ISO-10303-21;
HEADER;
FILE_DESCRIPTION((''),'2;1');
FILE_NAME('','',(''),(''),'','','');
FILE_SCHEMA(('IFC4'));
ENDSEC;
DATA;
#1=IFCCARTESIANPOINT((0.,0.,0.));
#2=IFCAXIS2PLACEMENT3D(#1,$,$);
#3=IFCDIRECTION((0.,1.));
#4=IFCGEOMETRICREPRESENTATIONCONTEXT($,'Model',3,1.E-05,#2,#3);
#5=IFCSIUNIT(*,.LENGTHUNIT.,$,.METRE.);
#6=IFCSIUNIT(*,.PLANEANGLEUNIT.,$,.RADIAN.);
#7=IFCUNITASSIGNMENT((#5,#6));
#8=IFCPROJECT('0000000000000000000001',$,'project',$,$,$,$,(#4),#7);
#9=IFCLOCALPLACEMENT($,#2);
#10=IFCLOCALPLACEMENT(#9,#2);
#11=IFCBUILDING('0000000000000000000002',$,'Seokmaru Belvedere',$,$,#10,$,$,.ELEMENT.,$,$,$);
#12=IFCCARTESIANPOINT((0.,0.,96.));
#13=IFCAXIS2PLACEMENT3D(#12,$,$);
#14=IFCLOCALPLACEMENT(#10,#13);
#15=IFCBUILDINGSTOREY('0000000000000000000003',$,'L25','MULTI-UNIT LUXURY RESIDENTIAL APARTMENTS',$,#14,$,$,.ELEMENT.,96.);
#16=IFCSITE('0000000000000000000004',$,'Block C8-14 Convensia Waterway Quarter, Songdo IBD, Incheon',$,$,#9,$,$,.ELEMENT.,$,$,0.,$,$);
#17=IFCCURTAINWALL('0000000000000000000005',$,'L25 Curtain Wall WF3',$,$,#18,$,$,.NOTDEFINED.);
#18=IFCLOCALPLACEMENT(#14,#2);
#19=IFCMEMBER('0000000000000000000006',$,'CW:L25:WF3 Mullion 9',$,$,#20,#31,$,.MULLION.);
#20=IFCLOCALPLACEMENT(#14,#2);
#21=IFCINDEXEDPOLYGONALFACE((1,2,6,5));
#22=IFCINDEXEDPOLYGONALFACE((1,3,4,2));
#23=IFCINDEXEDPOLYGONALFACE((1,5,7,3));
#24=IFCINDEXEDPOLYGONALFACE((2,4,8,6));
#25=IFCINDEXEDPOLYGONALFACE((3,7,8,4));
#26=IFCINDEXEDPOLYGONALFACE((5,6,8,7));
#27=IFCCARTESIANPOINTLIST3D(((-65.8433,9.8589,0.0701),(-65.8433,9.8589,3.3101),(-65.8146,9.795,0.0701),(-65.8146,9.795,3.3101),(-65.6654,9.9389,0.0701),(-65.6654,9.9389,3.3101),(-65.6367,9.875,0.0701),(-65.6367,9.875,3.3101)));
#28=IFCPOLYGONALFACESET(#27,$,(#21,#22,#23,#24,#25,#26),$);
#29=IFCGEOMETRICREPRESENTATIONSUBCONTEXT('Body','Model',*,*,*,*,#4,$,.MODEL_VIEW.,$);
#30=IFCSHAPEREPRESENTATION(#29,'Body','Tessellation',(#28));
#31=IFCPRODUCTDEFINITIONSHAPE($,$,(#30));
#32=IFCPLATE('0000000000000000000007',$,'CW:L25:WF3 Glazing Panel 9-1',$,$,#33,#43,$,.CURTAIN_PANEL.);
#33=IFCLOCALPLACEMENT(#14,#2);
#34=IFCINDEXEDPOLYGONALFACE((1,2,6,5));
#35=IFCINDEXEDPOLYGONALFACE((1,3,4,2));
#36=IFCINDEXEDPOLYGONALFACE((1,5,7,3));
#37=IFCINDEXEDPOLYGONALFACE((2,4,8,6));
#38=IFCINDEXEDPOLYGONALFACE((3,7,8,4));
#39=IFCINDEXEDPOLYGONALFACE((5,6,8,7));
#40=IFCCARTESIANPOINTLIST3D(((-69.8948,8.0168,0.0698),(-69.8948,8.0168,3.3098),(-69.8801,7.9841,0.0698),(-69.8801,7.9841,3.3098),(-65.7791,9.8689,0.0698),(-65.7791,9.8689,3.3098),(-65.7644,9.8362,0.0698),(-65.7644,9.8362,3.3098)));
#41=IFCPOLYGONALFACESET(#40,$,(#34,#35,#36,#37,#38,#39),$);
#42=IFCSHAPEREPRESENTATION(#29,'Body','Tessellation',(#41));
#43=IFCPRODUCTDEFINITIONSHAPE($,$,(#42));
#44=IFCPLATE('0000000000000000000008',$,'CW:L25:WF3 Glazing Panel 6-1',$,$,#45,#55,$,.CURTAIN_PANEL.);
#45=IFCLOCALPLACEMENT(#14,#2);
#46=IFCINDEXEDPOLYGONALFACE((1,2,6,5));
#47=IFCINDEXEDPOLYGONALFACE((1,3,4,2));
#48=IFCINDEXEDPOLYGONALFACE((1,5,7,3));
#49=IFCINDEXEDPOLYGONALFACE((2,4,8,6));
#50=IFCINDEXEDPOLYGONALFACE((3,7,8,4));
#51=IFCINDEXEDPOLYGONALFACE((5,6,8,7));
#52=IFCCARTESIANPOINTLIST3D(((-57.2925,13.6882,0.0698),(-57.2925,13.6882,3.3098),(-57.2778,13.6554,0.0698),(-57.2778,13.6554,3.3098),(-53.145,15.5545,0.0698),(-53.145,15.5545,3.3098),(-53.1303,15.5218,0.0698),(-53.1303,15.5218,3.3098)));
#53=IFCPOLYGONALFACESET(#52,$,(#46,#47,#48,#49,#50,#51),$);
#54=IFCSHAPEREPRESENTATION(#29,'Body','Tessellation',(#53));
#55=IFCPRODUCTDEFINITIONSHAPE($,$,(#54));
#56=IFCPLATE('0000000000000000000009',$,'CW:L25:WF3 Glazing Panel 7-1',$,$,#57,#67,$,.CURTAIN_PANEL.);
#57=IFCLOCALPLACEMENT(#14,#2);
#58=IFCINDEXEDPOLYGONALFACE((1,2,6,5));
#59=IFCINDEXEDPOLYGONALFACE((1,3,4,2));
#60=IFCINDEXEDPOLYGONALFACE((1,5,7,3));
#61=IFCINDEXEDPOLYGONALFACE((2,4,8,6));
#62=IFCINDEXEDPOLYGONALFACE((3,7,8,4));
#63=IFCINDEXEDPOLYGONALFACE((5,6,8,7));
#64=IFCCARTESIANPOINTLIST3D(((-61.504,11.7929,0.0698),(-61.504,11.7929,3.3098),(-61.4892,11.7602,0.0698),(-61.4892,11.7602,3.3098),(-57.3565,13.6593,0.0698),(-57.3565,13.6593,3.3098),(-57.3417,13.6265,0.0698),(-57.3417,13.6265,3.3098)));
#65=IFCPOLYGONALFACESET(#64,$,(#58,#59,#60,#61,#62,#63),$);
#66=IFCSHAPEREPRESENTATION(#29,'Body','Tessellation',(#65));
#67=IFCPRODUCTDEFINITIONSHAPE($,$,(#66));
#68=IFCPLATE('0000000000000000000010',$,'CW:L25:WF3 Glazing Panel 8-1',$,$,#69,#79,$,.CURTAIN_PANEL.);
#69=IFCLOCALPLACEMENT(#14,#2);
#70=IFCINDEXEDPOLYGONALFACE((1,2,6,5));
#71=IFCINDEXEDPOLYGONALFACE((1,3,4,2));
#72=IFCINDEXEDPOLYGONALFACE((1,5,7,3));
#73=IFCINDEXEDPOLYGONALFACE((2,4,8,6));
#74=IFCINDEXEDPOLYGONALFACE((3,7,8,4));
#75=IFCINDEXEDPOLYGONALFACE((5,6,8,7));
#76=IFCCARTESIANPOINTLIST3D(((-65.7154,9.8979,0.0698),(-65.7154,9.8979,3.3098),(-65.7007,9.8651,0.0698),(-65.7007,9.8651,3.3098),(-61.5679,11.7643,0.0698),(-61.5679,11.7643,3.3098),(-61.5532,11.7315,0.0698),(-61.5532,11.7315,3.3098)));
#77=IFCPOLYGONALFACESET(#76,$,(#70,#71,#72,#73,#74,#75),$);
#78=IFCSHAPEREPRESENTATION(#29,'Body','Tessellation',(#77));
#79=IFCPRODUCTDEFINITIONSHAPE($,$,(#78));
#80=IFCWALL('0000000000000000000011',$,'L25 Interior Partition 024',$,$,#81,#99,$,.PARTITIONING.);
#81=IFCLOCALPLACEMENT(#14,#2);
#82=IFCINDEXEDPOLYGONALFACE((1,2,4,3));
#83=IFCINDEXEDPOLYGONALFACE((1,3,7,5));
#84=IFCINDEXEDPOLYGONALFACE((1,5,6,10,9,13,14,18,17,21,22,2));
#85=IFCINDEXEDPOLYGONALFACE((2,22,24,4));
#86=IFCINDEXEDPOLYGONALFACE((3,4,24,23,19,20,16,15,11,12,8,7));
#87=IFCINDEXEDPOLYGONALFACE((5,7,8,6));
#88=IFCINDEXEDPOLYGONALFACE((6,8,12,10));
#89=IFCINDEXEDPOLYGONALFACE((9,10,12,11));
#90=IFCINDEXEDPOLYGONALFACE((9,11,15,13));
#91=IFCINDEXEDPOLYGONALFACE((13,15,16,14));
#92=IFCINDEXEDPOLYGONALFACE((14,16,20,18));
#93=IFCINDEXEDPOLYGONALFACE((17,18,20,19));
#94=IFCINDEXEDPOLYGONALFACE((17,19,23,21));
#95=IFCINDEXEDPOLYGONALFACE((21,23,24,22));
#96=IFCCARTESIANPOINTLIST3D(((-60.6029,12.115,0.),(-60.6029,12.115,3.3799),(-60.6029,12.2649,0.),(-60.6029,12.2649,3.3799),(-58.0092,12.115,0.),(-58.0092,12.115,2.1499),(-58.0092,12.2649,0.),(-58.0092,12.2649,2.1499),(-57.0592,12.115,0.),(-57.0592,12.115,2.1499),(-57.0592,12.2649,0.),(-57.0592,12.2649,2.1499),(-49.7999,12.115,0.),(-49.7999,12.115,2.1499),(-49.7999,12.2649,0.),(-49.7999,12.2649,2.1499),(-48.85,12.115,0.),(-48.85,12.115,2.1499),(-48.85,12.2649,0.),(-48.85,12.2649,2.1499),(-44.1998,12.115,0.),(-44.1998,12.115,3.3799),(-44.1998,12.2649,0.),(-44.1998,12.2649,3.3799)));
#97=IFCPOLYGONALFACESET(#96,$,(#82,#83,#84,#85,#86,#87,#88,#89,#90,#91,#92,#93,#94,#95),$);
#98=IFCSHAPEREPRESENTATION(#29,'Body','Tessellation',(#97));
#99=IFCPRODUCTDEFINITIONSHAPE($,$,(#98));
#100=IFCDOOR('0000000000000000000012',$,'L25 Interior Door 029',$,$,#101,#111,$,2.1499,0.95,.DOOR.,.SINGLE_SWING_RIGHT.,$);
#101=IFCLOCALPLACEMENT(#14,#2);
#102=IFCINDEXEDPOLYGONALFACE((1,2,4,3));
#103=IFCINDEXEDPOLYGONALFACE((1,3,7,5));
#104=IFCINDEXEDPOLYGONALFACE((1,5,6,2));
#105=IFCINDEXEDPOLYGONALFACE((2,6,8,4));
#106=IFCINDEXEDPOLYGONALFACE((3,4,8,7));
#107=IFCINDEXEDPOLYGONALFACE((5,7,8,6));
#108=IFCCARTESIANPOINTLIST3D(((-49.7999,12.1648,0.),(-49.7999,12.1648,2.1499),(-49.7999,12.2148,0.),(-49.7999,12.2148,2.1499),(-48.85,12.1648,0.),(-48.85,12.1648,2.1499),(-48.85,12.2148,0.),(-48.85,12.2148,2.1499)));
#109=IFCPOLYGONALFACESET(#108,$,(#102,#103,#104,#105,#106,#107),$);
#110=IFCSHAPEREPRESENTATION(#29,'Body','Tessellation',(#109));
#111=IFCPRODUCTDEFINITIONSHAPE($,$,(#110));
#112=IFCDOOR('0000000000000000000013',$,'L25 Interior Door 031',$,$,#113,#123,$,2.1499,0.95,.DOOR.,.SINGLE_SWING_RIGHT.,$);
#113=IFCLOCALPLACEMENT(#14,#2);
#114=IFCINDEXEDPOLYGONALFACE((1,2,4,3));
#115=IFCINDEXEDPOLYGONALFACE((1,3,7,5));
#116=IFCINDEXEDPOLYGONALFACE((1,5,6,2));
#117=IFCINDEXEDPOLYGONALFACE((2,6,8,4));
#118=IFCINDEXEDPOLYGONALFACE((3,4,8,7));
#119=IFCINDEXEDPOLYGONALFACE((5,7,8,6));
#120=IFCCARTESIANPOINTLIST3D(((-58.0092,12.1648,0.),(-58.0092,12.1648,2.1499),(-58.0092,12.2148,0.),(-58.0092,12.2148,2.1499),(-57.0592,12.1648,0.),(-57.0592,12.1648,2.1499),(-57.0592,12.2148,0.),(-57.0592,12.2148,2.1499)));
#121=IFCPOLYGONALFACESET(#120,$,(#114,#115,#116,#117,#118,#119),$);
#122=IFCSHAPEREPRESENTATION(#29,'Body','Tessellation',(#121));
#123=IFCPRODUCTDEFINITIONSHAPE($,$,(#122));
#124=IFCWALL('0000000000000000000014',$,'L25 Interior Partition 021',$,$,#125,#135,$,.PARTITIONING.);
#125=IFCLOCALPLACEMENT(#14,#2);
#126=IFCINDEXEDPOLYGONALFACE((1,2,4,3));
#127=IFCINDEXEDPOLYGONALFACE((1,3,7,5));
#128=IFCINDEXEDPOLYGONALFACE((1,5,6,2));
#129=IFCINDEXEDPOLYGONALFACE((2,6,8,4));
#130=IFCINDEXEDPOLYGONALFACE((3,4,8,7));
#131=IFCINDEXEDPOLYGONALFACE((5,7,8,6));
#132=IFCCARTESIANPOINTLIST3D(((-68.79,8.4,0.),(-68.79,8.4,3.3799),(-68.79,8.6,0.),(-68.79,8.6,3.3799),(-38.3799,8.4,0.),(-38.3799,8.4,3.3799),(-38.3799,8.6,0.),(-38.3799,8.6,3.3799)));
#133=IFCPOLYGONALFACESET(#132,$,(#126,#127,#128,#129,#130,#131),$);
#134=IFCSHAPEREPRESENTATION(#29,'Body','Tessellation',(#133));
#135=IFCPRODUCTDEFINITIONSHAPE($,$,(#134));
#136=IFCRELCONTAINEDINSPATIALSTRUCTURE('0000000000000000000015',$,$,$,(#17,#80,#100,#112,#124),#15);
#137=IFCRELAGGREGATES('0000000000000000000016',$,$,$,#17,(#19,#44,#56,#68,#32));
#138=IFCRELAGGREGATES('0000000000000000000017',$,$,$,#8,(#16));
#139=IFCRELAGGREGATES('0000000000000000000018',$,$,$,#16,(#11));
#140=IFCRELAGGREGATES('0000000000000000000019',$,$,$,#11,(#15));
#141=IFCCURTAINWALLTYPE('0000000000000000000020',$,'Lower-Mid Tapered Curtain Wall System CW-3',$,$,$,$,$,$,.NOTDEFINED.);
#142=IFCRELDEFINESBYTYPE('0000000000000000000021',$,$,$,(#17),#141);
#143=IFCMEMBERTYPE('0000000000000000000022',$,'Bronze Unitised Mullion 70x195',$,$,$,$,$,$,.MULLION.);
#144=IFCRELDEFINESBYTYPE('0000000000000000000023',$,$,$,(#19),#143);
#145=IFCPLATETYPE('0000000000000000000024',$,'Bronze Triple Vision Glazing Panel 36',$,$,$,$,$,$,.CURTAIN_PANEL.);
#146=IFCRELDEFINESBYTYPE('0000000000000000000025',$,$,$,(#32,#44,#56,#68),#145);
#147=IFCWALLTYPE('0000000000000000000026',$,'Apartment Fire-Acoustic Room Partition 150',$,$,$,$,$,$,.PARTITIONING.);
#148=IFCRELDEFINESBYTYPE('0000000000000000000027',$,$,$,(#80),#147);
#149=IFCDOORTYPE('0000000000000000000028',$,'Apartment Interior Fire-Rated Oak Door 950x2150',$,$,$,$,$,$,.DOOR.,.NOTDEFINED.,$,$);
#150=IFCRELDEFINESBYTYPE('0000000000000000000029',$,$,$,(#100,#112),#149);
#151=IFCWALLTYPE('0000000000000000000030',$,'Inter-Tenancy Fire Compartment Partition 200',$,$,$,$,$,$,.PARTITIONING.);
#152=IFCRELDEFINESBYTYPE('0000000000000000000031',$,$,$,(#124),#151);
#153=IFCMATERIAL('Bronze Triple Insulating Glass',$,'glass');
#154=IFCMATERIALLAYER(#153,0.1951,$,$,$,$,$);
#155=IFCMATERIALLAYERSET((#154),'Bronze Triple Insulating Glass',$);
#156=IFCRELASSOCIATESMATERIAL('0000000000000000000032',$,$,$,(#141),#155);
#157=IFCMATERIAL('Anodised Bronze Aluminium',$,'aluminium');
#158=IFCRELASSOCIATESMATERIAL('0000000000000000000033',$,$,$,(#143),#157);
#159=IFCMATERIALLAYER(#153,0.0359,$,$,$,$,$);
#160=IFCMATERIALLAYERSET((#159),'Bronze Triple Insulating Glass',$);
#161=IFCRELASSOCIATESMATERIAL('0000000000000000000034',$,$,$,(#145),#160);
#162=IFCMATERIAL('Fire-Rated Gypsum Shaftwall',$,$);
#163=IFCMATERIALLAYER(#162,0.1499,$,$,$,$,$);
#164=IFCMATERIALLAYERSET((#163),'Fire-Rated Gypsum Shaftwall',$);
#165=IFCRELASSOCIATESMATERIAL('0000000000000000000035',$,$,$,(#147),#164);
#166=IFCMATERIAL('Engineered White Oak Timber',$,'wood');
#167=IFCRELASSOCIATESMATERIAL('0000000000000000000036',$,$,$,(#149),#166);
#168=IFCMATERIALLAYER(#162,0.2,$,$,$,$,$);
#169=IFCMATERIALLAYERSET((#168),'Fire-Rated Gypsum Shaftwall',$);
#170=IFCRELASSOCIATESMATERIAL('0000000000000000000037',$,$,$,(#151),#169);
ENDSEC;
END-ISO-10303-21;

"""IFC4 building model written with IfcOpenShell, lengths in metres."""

from ifc_helpers import new_model, si_unit, direction, frame, frame_2d, origin, origin_2d, place, context, subcontext, project, spatial, rectangle, extrude, source, transform, mapped, material, layer, layer_set, material_profile, profile_set, type_object, type_shapes, element, fill, aggregate, save


model = new_model("IFC4")

# Units and contexts
model_context = context("Model", 3, precision=1e-05, world=origin(), true_north=direction((0.0, 1.0)))
body_context = subcontext(model_context, "Body", "Model", "MODEL_VIEW")
ifc_project = project(units=[si_unit("LENGTHUNIT", "METRE"), si_unit("PLANEANGLEUNIT", "RADIAN")], contexts=[model_context])

# Site, building, storey
site_placement = place(None, origin())
site = spatial("IfcSite", under=ifc_project, at=site_placement, Name="Block C8-14 Convensia Waterway Quarter, Songdo IBD, Incheon", CompositionType="ELEMENT", RefElevation=0.0)
building_placement = place(site_placement, origin())
building = spatial("IfcBuilding", under=site, at=building_placement, Name="Seokmaru Belvedere", CompositionType="ELEMENT")
storey_placement = place(building_placement, frame((0.0, 0.0, 96.0)))
storey = spatial("IfcBuildingStorey", under=building, at=storey_placement, Name="L25", Description="MULTI-UNIT LUXURY RESIDENTIAL APARTMENTS", CompositionType="ELEMENT", Elevation=96.0)

# Curtain wall, member, plates
ifc_material_1 = material(Name="Bronze Triple Insulating Glass", Category="glass")
ifc_layer_1 = layer(ifc_material_1, 0.1951)
ifc_layer_set_1 = layer_set([ifc_layer_1], Name="Bronze Triple Insulating Glass")
curtain_wall_type = type_object("IfcCurtainWallType", Name="Lower-Mid Tapered Curtain Wall System CW-3", PredefinedType="NOTDEFINED", material=ifc_layer_set_1)
curtain_wall_placement = place(storey_placement, origin())
curtain_wall = element("IfcCurtainWall", 1, at=curtain_wall_placement, inside=storey, type_object=curtain_wall_type, Name="L25 Curtain Wall WF3", PredefinedType="NOTDEFINED")
ifc_material_2 = material(Name="Anodised Bronze Aluminium", Category="aluminium")
ifc_material_profile_1 = material_profile(ifc_material_2, rectangle(XDim=0.0701, YDim=0.1951, at=origin_2d()), Name="CW-M-70x195")
ifc_profile_set_1 = profile_set([ifc_material_profile_1], Name="Anodised Bronze Aluminium")
member_type = type_object("IfcMemberType", Name="Bronze Unitised Mullion 70x195", PredefinedType="MULLION", material=ifc_profile_set_1)
shared_shape_1 = source(origin(), body_context, "Body", "SweptSolid", [
    extrude(rectangle(XDim=0.0701, YDim=0.1951, at=origin_2d()), origin(), (0.0, 0.0, 1.0), 3.24),
])
member_1_placement = place(storey_placement, frame((-65.74, 9.8669, 0.0701), z_axis=(0.0, 0.0, 1.0), x_axis=(0.410366, -0.911921, 0.0)))
member_1 = element("IfcMember", 2, at=member_1_placement, type_object=member_type, Name="CW:L25:WF3 Mullion 9", PredefinedType="MULLION", context=body_context, shape_type="MappedRepresentation", body=[
    mapped(shared_shape_1, transform((0.0, 0.0, 0.0), scale=1.0)),
])
ifc_layer_2 = layer(ifc_material_1, 0.0359)
ifc_layer_set_2 = layer_set([ifc_layer_2], Name="Bronze Triple Insulating Glass")
plate_type = type_object("IfcPlateType", Name="Bronze Triple Vision Glazing Panel 36", PredefinedType="CURTAIN_PANEL", material=ifc_layer_set_2)
shared_shape_2 = source(origin(), body_context, "Body", "SweptSolid", [
    extrude(rectangle(XDim=4.5132, YDim=0.0359, at=origin_2d()), origin(), (0.0, 0.0, 1.0), 3.24),
])
plate_1_placement = place(storey_placement, frame((-67.8296, 8.9265, 0.0698), z_axis=(0.0, 0.0, 1.0), x_axis=(-0.911921, -0.410366, 0.0)))
plate_1 = element("IfcPlate", 3, at=plate_1_placement, type_object=plate_type, Name="CW:L25:WF3 Glazing Panel 9-1", PredefinedType="CURTAIN_PANEL", context=body_context, shape_type="MappedRepresentation", body=[
    mapped(shared_shape_2, transform((0.0, 0.0, 0.0), scale=1.0)),
])
shared_shape_3 = source(origin(), body_context, "Body", "SweptSolid", [
    extrude(rectangle(XDim=4.5481, YDim=0.0359, at=origin_2d()), origin(), (0.0, 0.0, 1.0), 3.24),
])
type_shapes(plate_type, [shared_shape_2, shared_shape_3])
plate_2_placement = place(storey_placement, frame((-55.2114, 14.605, 0.0698), z_axis=(0.0, 0.0, 1.0), x_axis=(-0.911921, -0.410366, 0.0)))
plate_2 = element("IfcPlate", 4, at=plate_2_placement, type_object=plate_type, Name="CW:L25:WF3 Glazing Panel 6-1", PredefinedType="CURTAIN_PANEL", context=body_context, shape_type="MappedRepresentation", body=[
    mapped(shared_shape_3, transform((0.0, 0.0, 0.0), scale=1.0)),
])
plate_3_placement = place(storey_placement, frame((-59.4229, 12.7097, 0.0698), z_axis=(0.0, 0.0, 1.0), x_axis=(-0.911921, -0.410366, 0.0)))
plate_3 = element("IfcPlate", 5, at=plate_3_placement, type_object=plate_type, Name="CW:L25:WF3 Glazing Panel 7-1", PredefinedType="CURTAIN_PANEL", context=body_context, shape_type="MappedRepresentation", body=[
    mapped(shared_shape_3, transform((0.0, 0.0, 0.0), scale=1.0)),
])
plate_4_placement = place(storey_placement, frame((-63.6343, 10.8147, 0.0698), z_axis=(0.0, 0.0, 1.0), x_axis=(-0.911921, -0.410366, 0.0)))
plate_4 = element("IfcPlate", 6, at=plate_4_placement, type_object=plate_type, Name="CW:L25:WF3 Glazing Panel 8-1", PredefinedType="CURTAIN_PANEL", context=body_context, shape_type="MappedRepresentation", body=[
    mapped(shared_shape_3, transform((0.0, 0.0, 0.0), scale=1.0)),
])
aggregate(curtain_wall, [member_1, plate_2, plate_3, plate_4, plate_1])

# Wall, openings, doors
ifc_material_3 = material(Name="Fire-Rated Gypsum Shaftwall")
ifc_layer_3 = layer(ifc_material_3, 0.1499)
ifc_layer_set_3 = layer_set([ifc_layer_3], Name="Fire-Rated Gypsum Shaftwall")
wall_type_1 = type_object("IfcWallType", Name="Apartment Fire-Acoustic Room Partition 150", PredefinedType="PARTITIONING", material=ifc_layer_set_3)
wall_1_placement = place(storey_placement, frame((-60.603, 12.1899, 0.0), z_axis=(0.0, 0.0, 1.0), x_axis=(1.0, 0.0, 0.0)))
wall_1 = element("IfcWall", 7, at=wall_1_placement, inside=storey, type_object=wall_type_1, Name="L25 Interior Partition 024", PredefinedType="PARTITIONING", context=body_context, shape_type="SweptSolid", body=[
    extrude(rectangle(XDim=16.4031, YDim=0.1499, at=frame_2d((8.2017, 0.0))), origin(), (0.0, 0.0, 1.0), 3.3799),
])
opening_1_placement = place(wall_1_placement, frame((10.803, 0.0, 0.0)))
opening_1 = element("IfcOpeningElement", 8, at=opening_1_placement, cuts=wall_1, PredefinedType="OPENING", context=body_context, shape_type="SweptSolid", body=[
    extrude(rectangle(XDim=0.95, YDim=2.1499, at=frame_2d((0.4751, 1.075))), frame((0.0, 0.085, 0.0), z_axis=(0.0, -1.0, 0.0), x_axis=(1.0, 0.0, 0.0)), (0.0, 0.0, 1.0), 0.1699),
])
opening_2_placement = place(wall_1_placement, frame((2.5938, 0.0, 0.0)))
opening_2 = element("IfcOpeningElement", 9, at=opening_2_placement, cuts=wall_1, PredefinedType="OPENING", context=body_context, shape_type="SweptSolid", body=[
    extrude(rectangle(XDim=0.95, YDim=2.1499, at=frame_2d((0.4751, 1.075))), frame((0.0, 0.085, 0.0), z_axis=(0.0, -1.0, 0.0), x_axis=(1.0, 0.0, 0.0)), (0.0, 0.0, 1.0), 0.1699),
])
ifc_material_4 = material(Name="Engineered White Oak Timber", Category="wood")
door_type = type_object("IfcDoorType", Name="Apartment Interior Fire-Rated Oak Door 950x2150", OperationType="NOTDEFINED", PredefinedType="DOOR", material=ifc_material_4)
shared_shape_4 = source(origin(), body_context, "Body", "SweptSolid", [
    extrude(rectangle(XDim=0.95, YDim=2.1499, at=frame_2d((0.4751, 1.075))), frame((0.0, 0.0249, 0.0), z_axis=(0.0, -1.0, 0.0), x_axis=(1.0, 0.0, 0.0)), (0.0, 0.0, 1.0), 0.05),
])
type_shapes(door_type, [shared_shape_4])
door_1_placement = place(opening_1_placement, origin())
door_1 = element("IfcDoor", 10, at=door_1_placement, inside=storey, type_object=door_type, Name="L25 Interior Door 029", OperationType="SINGLE_SWING_RIGHT", OverallHeight=2.1499, OverallWidth=0.95, PredefinedType="DOOR", context=body_context, shape_type="MappedRepresentation", body=[
    mapped(shared_shape_4, transform((0.0, 0.0, 0.0), scale=1.0)),
])
fill(opening_1, door_1)
door_2_placement = place(opening_2_placement, origin())
door_2 = element("IfcDoor", 11, at=door_2_placement, inside=storey, type_object=door_type, Name="L25 Interior Door 031", OperationType="SINGLE_SWING_RIGHT", OverallHeight=2.1499, OverallWidth=0.95, PredefinedType="DOOR", context=body_context, shape_type="MappedRepresentation", body=[
    mapped(shared_shape_4, transform((0.0, 0.0, 0.0), scale=1.0)),
])
fill(opening_2, door_2)

# Wall
ifc_layer_4 = layer(ifc_material_3, 0.2)
ifc_layer_set_4 = layer_set([ifc_layer_4], Name="Fire-Rated Gypsum Shaftwall")
wall_type_2 = type_object("IfcWallType", Name="Inter-Tenancy Fire Compartment Partition 200", PredefinedType="PARTITIONING", material=ifc_layer_set_4)
wall_2_placement = place(storey_placement, frame((-68.79, 8.5, 0.0), z_axis=(0.0, 0.0, 1.0), x_axis=(1.0, 0.0, 0.0)))
element("IfcWall", 12, at=wall_2_placement, inside=storey, type_object=wall_type_2, Name="L25 Interior Partition 021", PredefinedType="PARTITIONING", context=body_context, shape_type="SweptSolid", body=[
    extrude(rectangle(XDim=30.4102, YDim=0.2, at=frame_2d((15.2051, 0.0))), origin(), (0.0, 0.0, 1.0), 3.3799),
])

save(model, "model.ifc")
